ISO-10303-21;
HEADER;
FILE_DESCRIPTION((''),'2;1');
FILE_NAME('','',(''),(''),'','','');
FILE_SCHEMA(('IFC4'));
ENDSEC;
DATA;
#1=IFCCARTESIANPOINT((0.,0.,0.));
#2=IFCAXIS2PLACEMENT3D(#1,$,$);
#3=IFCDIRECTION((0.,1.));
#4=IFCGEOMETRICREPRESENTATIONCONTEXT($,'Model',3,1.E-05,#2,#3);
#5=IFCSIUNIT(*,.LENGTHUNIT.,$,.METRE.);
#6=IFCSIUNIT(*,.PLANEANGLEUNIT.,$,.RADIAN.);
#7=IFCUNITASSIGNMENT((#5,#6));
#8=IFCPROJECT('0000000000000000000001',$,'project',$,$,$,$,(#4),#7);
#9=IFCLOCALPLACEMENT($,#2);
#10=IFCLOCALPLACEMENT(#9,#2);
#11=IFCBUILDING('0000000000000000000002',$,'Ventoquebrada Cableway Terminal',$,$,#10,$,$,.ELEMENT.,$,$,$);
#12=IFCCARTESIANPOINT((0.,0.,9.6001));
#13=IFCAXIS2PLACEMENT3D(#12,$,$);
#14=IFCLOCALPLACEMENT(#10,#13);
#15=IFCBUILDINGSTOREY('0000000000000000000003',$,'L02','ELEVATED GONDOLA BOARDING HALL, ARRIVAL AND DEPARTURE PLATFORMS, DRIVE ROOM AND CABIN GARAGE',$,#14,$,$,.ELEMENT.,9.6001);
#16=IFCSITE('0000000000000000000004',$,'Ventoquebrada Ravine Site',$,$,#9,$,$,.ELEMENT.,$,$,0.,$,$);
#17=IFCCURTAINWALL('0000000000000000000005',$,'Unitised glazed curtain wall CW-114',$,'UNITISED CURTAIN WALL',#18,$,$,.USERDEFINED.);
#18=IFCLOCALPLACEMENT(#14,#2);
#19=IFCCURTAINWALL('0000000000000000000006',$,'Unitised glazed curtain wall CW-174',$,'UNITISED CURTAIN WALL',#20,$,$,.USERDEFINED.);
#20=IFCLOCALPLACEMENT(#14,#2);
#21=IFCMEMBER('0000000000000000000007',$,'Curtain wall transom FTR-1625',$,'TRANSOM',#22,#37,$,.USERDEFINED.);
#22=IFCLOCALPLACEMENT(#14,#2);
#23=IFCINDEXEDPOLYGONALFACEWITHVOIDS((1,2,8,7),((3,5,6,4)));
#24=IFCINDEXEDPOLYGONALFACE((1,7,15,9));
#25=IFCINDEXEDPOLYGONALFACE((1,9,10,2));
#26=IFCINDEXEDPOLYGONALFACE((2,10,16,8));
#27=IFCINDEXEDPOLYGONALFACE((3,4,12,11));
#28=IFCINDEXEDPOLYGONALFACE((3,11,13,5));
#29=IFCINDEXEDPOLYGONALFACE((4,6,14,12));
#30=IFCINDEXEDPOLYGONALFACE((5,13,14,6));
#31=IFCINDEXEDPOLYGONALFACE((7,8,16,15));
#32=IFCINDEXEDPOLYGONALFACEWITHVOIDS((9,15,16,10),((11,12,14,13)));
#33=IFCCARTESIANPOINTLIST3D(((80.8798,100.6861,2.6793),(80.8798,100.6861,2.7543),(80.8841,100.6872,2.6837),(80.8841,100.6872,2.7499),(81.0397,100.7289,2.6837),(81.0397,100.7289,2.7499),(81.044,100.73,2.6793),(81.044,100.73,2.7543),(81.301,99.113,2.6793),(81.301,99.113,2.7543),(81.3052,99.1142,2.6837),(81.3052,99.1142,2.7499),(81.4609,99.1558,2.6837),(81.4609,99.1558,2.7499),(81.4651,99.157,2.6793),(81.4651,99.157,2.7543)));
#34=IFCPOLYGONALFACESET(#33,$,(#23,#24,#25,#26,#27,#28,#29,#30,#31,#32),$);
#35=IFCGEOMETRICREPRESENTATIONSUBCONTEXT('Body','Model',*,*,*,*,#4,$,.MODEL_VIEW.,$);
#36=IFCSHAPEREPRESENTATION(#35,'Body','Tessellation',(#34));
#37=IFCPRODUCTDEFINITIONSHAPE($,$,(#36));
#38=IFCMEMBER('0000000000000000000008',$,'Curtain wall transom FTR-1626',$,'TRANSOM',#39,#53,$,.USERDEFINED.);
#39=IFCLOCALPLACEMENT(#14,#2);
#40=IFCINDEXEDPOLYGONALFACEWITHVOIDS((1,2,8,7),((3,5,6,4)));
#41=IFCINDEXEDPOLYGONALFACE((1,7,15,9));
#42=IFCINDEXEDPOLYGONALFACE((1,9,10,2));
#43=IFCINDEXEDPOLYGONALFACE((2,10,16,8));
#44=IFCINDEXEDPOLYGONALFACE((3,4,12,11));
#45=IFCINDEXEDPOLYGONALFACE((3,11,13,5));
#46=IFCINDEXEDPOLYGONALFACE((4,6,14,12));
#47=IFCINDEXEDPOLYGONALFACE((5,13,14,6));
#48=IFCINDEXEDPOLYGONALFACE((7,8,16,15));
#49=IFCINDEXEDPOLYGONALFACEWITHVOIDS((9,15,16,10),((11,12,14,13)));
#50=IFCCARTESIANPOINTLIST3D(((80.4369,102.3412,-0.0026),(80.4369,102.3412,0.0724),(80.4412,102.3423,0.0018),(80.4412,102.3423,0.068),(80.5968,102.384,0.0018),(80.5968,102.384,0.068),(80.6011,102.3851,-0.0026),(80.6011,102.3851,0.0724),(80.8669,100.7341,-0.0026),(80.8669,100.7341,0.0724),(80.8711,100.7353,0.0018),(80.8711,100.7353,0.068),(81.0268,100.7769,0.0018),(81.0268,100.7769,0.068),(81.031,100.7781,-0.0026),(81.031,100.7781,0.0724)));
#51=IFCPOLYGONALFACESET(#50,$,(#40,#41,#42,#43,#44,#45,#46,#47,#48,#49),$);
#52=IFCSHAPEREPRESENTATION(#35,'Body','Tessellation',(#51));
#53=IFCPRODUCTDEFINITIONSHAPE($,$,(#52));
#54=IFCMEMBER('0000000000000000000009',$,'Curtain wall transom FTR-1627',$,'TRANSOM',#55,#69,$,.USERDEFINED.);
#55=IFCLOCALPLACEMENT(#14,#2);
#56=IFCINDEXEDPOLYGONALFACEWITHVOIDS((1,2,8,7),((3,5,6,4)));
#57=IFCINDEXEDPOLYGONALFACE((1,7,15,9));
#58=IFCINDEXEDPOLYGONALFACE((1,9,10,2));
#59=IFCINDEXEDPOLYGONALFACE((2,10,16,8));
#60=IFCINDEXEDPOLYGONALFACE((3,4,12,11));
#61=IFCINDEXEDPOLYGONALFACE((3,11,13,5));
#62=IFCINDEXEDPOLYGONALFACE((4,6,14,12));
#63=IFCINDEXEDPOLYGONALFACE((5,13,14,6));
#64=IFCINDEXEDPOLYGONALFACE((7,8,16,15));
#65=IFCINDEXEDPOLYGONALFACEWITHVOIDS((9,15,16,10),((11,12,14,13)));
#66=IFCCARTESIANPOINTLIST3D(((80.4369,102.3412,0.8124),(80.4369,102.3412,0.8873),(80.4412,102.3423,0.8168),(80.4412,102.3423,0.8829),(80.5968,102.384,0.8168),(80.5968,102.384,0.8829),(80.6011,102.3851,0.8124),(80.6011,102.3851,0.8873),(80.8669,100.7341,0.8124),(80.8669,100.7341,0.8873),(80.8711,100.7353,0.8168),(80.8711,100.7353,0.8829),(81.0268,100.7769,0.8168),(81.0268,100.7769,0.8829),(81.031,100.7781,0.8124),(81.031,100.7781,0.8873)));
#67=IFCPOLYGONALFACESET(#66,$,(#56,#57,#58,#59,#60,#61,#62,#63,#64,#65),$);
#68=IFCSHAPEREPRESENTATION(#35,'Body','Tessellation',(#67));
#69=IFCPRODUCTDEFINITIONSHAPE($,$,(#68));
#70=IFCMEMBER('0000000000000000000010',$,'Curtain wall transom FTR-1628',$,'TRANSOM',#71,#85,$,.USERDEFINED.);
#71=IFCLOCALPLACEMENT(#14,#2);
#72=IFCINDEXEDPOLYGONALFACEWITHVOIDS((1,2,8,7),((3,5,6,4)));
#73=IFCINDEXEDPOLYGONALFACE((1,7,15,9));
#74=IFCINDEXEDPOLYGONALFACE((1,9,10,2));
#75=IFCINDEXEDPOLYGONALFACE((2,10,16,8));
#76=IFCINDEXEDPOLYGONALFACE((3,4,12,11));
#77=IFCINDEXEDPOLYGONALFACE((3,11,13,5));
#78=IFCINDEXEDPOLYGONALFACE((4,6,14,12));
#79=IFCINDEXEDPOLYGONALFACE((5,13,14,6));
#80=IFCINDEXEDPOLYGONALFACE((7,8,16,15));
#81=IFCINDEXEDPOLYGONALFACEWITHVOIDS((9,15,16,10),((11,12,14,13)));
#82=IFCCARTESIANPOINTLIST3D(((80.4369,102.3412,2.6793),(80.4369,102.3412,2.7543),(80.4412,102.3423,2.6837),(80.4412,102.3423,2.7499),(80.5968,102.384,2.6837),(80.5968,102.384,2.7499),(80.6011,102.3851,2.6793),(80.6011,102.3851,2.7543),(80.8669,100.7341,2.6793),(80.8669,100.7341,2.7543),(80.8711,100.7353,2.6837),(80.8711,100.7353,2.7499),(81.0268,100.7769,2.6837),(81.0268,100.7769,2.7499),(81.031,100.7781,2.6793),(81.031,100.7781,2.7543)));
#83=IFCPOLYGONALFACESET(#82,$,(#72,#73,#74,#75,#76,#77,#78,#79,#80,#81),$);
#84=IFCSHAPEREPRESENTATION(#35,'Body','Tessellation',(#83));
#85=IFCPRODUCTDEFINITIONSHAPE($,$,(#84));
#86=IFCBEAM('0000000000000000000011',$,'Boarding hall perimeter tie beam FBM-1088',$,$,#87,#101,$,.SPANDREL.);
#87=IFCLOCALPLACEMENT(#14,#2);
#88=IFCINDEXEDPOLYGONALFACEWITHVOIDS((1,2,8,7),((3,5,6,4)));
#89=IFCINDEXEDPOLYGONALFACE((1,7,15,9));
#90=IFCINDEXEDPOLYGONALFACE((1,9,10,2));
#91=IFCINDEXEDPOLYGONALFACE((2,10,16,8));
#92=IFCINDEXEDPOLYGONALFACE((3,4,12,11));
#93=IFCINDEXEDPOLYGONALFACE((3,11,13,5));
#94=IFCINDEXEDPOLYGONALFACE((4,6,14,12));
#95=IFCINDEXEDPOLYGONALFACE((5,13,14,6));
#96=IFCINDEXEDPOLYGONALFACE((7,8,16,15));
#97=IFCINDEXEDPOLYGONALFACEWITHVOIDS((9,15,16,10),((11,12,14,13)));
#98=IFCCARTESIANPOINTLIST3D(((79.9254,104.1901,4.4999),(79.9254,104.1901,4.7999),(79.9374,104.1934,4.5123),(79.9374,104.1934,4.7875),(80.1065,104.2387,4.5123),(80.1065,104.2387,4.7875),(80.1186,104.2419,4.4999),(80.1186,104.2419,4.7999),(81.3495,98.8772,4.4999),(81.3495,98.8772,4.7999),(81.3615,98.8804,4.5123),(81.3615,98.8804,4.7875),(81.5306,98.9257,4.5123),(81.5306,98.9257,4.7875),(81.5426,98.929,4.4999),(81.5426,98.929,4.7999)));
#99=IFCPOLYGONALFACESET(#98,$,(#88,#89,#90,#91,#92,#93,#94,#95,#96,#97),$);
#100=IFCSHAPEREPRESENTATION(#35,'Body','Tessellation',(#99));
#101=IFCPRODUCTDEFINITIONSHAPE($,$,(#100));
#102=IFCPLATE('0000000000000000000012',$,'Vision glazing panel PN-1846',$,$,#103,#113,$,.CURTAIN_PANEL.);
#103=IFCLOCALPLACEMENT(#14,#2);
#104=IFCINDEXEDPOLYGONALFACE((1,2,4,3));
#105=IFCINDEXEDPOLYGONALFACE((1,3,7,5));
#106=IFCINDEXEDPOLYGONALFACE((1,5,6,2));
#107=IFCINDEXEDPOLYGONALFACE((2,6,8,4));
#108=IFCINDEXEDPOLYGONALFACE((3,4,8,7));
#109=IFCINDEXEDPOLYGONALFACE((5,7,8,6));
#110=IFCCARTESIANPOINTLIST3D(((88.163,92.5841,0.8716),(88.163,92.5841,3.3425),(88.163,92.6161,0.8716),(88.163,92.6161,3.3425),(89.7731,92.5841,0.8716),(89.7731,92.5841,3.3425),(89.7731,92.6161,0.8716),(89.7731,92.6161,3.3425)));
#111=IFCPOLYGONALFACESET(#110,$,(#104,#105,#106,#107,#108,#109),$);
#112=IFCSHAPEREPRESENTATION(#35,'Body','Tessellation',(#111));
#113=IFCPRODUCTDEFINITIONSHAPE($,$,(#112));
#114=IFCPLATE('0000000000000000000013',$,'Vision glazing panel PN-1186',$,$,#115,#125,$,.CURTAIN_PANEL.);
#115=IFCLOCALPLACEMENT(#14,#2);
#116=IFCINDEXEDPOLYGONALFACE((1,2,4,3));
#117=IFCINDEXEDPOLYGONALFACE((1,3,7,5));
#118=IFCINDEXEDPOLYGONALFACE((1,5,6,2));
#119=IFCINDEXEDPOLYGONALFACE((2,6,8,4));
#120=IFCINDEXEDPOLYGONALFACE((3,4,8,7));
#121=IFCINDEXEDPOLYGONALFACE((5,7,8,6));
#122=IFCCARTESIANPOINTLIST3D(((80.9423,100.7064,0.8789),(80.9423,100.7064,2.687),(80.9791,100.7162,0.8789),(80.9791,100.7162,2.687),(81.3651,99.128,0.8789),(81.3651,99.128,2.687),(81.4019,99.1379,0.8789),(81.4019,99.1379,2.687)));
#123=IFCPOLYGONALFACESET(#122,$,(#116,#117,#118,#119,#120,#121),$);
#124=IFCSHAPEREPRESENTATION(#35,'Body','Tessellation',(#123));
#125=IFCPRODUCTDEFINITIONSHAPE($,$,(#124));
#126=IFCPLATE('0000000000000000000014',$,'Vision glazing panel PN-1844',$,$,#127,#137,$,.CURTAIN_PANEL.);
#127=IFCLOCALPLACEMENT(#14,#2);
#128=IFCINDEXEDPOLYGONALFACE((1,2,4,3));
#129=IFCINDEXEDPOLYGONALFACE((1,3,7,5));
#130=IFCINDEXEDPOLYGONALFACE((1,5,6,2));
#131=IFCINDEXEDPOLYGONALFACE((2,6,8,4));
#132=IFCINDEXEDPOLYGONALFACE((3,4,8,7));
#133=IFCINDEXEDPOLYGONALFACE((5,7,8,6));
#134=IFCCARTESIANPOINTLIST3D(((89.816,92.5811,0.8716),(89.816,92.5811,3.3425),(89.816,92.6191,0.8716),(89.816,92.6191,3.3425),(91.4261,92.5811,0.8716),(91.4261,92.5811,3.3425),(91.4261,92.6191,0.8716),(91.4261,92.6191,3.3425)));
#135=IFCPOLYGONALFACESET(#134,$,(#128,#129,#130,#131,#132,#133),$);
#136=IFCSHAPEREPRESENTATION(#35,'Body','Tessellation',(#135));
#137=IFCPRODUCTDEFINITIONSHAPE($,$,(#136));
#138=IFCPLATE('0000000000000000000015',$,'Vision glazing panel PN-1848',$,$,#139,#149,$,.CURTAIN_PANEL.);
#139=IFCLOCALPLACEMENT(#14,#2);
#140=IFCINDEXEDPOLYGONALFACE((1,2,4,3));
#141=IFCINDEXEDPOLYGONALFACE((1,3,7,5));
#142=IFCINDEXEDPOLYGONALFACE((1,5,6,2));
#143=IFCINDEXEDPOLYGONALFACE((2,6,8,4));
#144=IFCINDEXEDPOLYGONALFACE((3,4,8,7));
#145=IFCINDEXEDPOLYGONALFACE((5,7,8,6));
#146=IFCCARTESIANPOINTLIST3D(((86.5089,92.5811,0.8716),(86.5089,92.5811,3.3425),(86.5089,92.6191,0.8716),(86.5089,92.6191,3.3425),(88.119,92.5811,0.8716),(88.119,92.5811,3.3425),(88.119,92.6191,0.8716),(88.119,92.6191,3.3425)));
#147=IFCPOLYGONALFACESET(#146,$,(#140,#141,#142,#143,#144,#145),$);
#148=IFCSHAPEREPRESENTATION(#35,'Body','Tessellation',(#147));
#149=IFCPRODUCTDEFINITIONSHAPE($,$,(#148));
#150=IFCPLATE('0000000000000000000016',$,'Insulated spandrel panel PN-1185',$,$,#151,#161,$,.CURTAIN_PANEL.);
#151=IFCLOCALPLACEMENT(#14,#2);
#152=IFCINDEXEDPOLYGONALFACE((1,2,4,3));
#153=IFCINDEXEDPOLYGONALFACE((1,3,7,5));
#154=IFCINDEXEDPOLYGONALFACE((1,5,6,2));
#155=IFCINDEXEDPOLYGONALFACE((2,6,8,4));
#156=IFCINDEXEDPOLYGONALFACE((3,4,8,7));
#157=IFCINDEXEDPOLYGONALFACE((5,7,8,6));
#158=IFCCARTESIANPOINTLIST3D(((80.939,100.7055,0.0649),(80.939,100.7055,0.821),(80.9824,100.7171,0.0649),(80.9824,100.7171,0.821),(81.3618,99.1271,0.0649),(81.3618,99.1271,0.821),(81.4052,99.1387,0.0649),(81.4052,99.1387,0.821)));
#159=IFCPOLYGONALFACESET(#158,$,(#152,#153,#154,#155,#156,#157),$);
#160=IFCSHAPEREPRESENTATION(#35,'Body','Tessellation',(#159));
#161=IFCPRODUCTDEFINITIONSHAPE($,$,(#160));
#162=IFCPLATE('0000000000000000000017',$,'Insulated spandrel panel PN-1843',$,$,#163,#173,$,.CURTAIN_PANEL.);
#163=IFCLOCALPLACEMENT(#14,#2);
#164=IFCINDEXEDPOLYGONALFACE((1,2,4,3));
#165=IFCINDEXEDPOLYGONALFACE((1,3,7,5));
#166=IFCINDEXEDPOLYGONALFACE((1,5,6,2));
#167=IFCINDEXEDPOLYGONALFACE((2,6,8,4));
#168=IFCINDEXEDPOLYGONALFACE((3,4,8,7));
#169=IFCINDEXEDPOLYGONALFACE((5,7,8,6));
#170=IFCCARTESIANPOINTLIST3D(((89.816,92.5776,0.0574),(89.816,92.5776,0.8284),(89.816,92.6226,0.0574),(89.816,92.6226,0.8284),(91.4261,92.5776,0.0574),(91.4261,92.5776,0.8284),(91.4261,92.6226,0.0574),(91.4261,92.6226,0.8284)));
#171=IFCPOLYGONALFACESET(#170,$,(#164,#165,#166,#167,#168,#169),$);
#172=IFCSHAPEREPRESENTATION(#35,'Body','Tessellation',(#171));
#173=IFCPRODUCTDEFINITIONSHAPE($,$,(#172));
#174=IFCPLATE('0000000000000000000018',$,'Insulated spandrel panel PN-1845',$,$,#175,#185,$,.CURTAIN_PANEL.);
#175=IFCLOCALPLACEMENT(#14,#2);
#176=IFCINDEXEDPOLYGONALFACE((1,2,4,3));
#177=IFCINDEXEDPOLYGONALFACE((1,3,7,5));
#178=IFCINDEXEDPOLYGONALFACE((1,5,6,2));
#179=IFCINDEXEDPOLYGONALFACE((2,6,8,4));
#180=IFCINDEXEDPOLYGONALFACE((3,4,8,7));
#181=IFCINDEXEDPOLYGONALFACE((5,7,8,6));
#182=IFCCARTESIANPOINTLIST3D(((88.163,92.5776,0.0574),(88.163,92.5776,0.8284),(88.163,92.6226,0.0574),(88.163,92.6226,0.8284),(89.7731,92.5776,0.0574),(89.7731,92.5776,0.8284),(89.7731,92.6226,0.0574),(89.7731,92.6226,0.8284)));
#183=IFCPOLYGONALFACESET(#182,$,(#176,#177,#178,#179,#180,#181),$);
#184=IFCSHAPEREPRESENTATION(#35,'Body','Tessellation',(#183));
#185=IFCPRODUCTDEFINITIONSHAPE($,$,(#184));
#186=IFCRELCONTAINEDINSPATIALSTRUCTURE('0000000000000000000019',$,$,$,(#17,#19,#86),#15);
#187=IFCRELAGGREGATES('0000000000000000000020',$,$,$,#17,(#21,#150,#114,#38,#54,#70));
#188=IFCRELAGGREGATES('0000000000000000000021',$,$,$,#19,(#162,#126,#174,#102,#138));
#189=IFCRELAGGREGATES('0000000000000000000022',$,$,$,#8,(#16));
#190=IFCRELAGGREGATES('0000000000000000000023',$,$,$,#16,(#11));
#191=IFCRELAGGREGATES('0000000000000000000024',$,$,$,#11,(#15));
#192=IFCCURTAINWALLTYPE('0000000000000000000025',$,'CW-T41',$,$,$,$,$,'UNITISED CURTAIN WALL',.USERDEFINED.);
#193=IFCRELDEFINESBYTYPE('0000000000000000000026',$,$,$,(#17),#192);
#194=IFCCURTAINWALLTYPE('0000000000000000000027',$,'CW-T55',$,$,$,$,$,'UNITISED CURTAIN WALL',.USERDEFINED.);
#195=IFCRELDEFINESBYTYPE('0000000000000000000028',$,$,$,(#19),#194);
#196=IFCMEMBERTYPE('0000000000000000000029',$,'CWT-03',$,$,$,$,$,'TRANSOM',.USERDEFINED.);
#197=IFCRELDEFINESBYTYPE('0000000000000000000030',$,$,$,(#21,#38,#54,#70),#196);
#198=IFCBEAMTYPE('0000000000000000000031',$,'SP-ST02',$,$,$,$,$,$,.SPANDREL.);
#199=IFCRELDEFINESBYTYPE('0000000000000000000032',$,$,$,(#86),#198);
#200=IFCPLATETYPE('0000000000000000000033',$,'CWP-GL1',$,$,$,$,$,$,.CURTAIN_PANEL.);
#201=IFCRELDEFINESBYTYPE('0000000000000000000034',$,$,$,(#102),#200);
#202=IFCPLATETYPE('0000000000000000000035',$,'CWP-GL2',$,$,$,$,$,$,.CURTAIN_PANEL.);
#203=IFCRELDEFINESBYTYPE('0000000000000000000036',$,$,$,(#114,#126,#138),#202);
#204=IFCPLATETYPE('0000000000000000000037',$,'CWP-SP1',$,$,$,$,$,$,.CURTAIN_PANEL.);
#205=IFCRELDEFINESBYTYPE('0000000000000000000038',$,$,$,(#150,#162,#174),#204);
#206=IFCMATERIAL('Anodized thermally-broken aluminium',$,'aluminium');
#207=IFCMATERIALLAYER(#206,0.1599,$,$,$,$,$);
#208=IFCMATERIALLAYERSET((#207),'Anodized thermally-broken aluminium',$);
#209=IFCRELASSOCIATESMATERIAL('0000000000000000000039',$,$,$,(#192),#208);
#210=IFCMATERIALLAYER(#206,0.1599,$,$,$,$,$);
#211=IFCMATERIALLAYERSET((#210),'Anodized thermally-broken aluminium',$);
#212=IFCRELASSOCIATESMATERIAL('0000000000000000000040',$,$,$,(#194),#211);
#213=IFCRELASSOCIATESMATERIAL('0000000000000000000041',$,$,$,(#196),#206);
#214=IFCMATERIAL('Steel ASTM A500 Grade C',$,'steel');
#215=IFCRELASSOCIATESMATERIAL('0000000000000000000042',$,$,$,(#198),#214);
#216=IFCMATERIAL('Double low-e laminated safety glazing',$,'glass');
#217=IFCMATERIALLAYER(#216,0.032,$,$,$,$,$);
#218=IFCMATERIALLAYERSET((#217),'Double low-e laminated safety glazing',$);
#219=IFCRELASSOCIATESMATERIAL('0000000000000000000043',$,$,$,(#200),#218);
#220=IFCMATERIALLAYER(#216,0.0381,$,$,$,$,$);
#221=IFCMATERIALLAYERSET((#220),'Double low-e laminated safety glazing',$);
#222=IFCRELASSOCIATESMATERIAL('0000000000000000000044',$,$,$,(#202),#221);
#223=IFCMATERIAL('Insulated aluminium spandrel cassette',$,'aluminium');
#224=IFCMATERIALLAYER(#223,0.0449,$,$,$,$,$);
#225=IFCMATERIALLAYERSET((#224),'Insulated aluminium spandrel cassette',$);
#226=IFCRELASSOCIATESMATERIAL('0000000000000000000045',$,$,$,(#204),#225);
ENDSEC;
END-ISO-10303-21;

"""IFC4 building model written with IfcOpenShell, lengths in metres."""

from ifc_helpers import new_model, si_unit, direction, frame, origin, origin_2d, place, context, subcontext, project, spatial, rectangle, hollow_rectangle, extrude, material, layer, layer_set, material_profile, profile_set, type_object, element, aggregate, save


model = new_model("IFC4")

# Units and contexts
model_context = context("Model", 3, precision=1e-05, world=origin(), true_north=direction((0.0, 1.0)))
body_context = subcontext(model_context, "Body", "Model", "MODEL_VIEW")
ifc_project = project(units=[si_unit("LENGTHUNIT", "METRE"), si_unit("PLANEANGLEUNIT", "RADIAN")], contexts=[model_context])

# Site, building, storey
site_placement = place(None, origin())
site = spatial("IfcSite", under=ifc_project, at=site_placement, Name="Ventoquebrada Ravine Site", CompositionType="ELEMENT", RefElevation=0.0)
building_placement = place(site_placement, origin())
building = spatial("IfcBuilding", under=site, at=building_placement, Name="Ventoquebrada Cableway Terminal", CompositionType="ELEMENT")
storey_placement = place(building_placement, frame((0.0, 0.0, 9.6001)))
storey = spatial("IfcBuildingStorey", under=building, at=storey_placement, Name="L02", Description="ELEVATED GONDOLA BOARDING HALL, ARRIVAL AND DEPARTURE PLATFORMS, DRIVE ROOM AND CABIN GARAGE", CompositionType="ELEMENT", Elevation=9.6001)

# Shared definitions
ifc_material_1 = material(Name="Steel ASTM A500 Grade C", Category="steel")

# Curtain walls
ifc_material_2 = material(Name="Anodized thermally-broken aluminium", Category="aluminium")
ifc_layer_1 = layer(ifc_material_2, 0.1599)
ifc_layer_set_1 = layer_set([ifc_layer_1], Name="Anodized thermally-broken aluminium")
curtain_wall_type_1 = type_object("IfcCurtainWallType", Name="CW-T41", ElementType="UNITISED CURTAIN WALL", PredefinedType="USERDEFINED", material=ifc_layer_set_1)
curtain_wall_1_placement = place(storey_placement, origin())
curtain_wall_1 = element("IfcCurtainWall", 1, at=curtain_wall_1_placement, inside=storey, type_object=curtain_wall_type_1, Name="Unitised glazed curtain wall CW-114", ObjectType="UNITISED CURTAIN WALL", PredefinedType="USERDEFINED")
ifc_layer_2 = layer(ifc_material_2, 0.1599)
ifc_layer_set_2 = layer_set([ifc_layer_2], Name="Anodized thermally-broken aluminium")
curtain_wall_type_2 = type_object("IfcCurtainWallType", Name="CW-T55", ElementType="UNITISED CURTAIN WALL", PredefinedType="USERDEFINED", material=ifc_layer_set_2)
curtain_wall_2_placement = place(storey_placement, origin())
curtain_wall_2 = element("IfcCurtainWall", 2, at=curtain_wall_2_placement, inside=storey, type_object=curtain_wall_type_2, Name="Unitised glazed curtain wall CW-174", ObjectType="UNITISED CURTAIN WALL", PredefinedType="USERDEFINED")

# Members
ifc_material_profile_1 = material_profile(ifc_material_2, hollow_rectangle(XDim=0.075, YDim=0.1699, WallThickness=0.0044, at=origin_2d()), Name="CW-TRN-75X170")
ifc_profile_set_1 = profile_set([ifc_material_profile_1], Name="Anodized thermally-broken aluminium")
member_type_1 = type_object("IfcMemberType", Name="CWT-03", ElementType="TRANSOM", PredefinedType="USERDEFINED", material=ifc_profile_set_1)
member_1_placement = place(storey_placement, frame((81.3831, 99.135, 2.7168), z_axis=(-0.258624, 0.965978, 0.0), x_axis=(0.0, 0.0, 1.0)))
member_1 = element("IfcMember", 3, at=member_1_placement, type_object=member_type_1, Name="Curtain wall transom FTR-1625", ObjectType="TRANSOM", PredefinedType="USERDEFINED", context=body_context, shape_type="SweptSolid", body=[
    extrude(hollow_rectangle(XDim=0.075, YDim=0.1699, WallThickness=0.0044, at=origin_2d()), origin(), (0.0, 0.0, 1.0), 1.6284),
])
member_2_placement = place(storey_placement, frame((80.949, 100.7561, 0.0349), z_axis=(-0.258457, 0.966023, 0.0), x_axis=(0.0, 0.0, 1.0)))
member_2 = element("IfcMember", 4, at=member_2_placement, type_object=member_type_1, Name="Curtain wall transom FTR-1626", ObjectType="TRANSOM", PredefinedType="USERDEFINED", context=body_context, shape_type="SweptSolid", body=[
    extrude(hollow_rectangle(XDim=0.075, YDim=0.1699, WallThickness=0.0044, at=origin_2d()), origin(), (0.0, 0.0, 1.0), 1.6636),
])
member_3_placement = place(storey_placement, frame((80.949, 100.7561, 0.8499), z_axis=(-0.258457, 0.966023, 0.0), x_axis=(0.0, 0.0, 1.0)))
member_3 = element("IfcMember", 5, at=member_3_placement, type_object=member_type_1, Name="Curtain wall transom FTR-1627", ObjectType="TRANSOM", PredefinedType="USERDEFINED", context=body_context, shape_type="SweptSolid", body=[
    extrude(hollow_rectangle(XDim=0.075, YDim=0.1699, WallThickness=0.0044, at=origin_2d()), origin(), (0.0, 0.0, 1.0), 1.6636),
])
member_4_placement = place(storey_placement, frame((80.949, 100.7561, 2.7168), z_axis=(-0.258457, 0.966023, 0.0), x_axis=(0.0, 0.0, 1.0)))
member_4 = element("IfcMember", 6, at=member_4_placement, type_object=member_type_1, Name="Curtain wall transom FTR-1628", ObjectType="TRANSOM", PredefinedType="USERDEFINED", context=body_context, shape_type="SweptSolid", body=[
    extrude(hollow_rectangle(XDim=0.075, YDim=0.1699, WallThickness=0.0044, at=origin_2d()), origin(), (0.0, 0.0, 1.0), 1.6636),
])

# Beam
ifc_material_profile_2 = material_profile(ifc_material_1, hollow_rectangle(XDim=0.2, YDim=0.3, WallThickness=0.0125, at=origin_2d()), Name="RHS300X200X12.5")
ifc_profile_set_2 = profile_set([ifc_material_profile_2], Name="Steel ASTM A500 Grade C")
beam_type = type_object("IfcBeamType", Name="SP-ST02", PredefinedType="SPANDREL", material=ifc_profile_set_2)
beam_placement = place(storey_placement, frame((81.446, 98.9031, 4.6499), z_axis=(-0.258897, 0.965905, 0.0), x_axis=(-0.965905, -0.258897, 0.0)))
element("IfcBeam", 7, at=beam_placement, inside=storey, type_object=beam_type, Name="Boarding hall perimeter tie beam FBM-1088", PredefinedType="SPANDREL", context=body_context, shape_type="SweptSolid", body=[
    extrude(hollow_rectangle(XDim=0.2, YDim=0.3, WallThickness=0.0125, at=origin_2d()), origin(), (0.0, 0.0, 1.0), 5.5005),
])

# Plates
ifc_material_3 = material(Name="Double low-e laminated safety glazing", Category="glass")
ifc_layer_3 = layer(ifc_material_3, 0.032)
ifc_layer_set_3 = layer_set([ifc_layer_3], Name="Double low-e laminated safety glazing")
plate_type_1 = type_object("IfcPlateType", Name="CWP-GL1", PredefinedType="CURTAIN_PANEL", material=ifc_layer_set_3)
plate_1_placement = place(storey_placement, frame((88.968, 92.6001, 0.8716), z_axis=(0.0, 0.0, 1.0), x_axis=(-1.0, 0.0, 0.0)))
plate_1 = element("IfcPlate", 8, at=plate_1_placement, type_object=plate_type_1, Name="Vision glazing panel PN-1846", PredefinedType="CURTAIN_PANEL", context=body_context, shape_type="SweptSolid", body=[
    extrude(rectangle(XDim=1.6101, YDim=0.032, at=origin_2d()), origin(), (0.0, 0.0, 1.0), 2.4709),
])
ifc_layer_4 = layer(ifc_material_3, 0.0381)
ifc_layer_set_4 = layer_set([ifc_layer_4], Name="Double low-e laminated safety glazing")
plate_type_2 = type_object("IfcPlateType", Name="CWP-GL2", PredefinedType="CURTAIN_PANEL", material=ifc_layer_set_4)
plate_2_placement = place(storey_placement, frame((81.1721, 99.9221, 0.8789), z_axis=(0.0, 0.0, 1.0), x_axis=(-0.258752, 0.965944, 0.0)))
plate_2 = element("IfcPlate", 9, at=plate_2_placement, type_object=plate_type_2, Name="Vision glazing panel PN-1186", PredefinedType="CURTAIN_PANEL", context=body_context, shape_type="SweptSolid", body=[
    extrude(rectangle(XDim=1.634, YDim=0.0381, at=origin_2d()), origin(), (0.0, 0.0, 1.0), 1.8081),
])
plate_3_placement = place(storey_placement, frame((90.6211, 92.6001, 0.8716), z_axis=(0.0, 0.0, 1.0), x_axis=(-1.0, 0.0, 0.0)))
plate_3 = element("IfcPlate", 10, at=plate_3_placement, type_object=plate_type_2, Name="Vision glazing panel PN-1844", PredefinedType="CURTAIN_PANEL", context=body_context, shape_type="SweptSolid", body=[
    extrude(rectangle(XDim=1.6101, YDim=0.0381, at=origin_2d()), origin(), (0.0, 0.0, 1.0), 2.4709),
])
plate_4_placement = place(storey_placement, frame((87.314, 92.6001, 0.8716), z_axis=(0.0, 0.0, 1.0), x_axis=(-1.0, 0.0, 0.0)))
plate_4 = element("IfcPlate", 11, at=plate_4_placement, type_object=plate_type_2, Name="Vision glazing panel PN-1848", PredefinedType="CURTAIN_PANEL", context=body_context, shape_type="SweptSolid", body=[
    extrude(rectangle(XDim=1.6101, YDim=0.0381, at=origin_2d()), origin(), (0.0, 0.0, 1.0), 2.4709),
])
ifc_material_4 = material(Name="Insulated aluminium spandrel cassette", Category="aluminium")
ifc_layer_5 = layer(ifc_material_4, 0.0449)
ifc_layer_set_5 = layer_set([ifc_layer_5], Name="Insulated aluminium spandrel cassette")
plate_type_3 = type_object("IfcPlateType", Name="CWP-SP1", PredefinedType="CURTAIN_PANEL", material=ifc_layer_set_5)
plate_5_placement = place(storey_placement, frame((81.1721, 99.9221, 0.0649), z_axis=(0.0, 0.0, 1.0), x_axis=(-0.258752, 0.965944, 0.0)))
plate_5 = element("IfcPlate", 12, at=plate_5_placement, type_object=plate_type_3, Name="Insulated spandrel panel PN-1185", PredefinedType="CURTAIN_PANEL", context=body_context, shape_type="SweptSolid", body=[
    extrude(rectangle(XDim=1.634, YDim=0.0449, at=origin_2d()), origin(), (0.0, 0.0, 1.0), 0.7561),
])
aggregate(curtain_wall_1, [member_1, plate_5, plate_2, member_2, member_3, member_4])
plate_6_placement = place(storey_placement, frame((90.6211, 92.6001, 0.0574), z_axis=(0.0, 0.0, 1.0), x_axis=(-1.0, 0.0, 0.0)))
plate_6 = element("IfcPlate", 13, at=plate_6_placement, type_object=plate_type_3, Name="Insulated spandrel panel PN-1843", PredefinedType="CURTAIN_PANEL", context=body_context, shape_type="SweptSolid", body=[
    extrude(rectangle(XDim=1.6101, YDim=0.0449, at=origin_2d()), origin(), (0.0, 0.0, 1.0), 0.771),
])
plate_7_placement = place(storey_placement, frame((88.968, 92.6001, 0.0574), z_axis=(0.0, 0.0, 1.0), x_axis=(-1.0, 0.0, 0.0)))
plate_7 = element("IfcPlate", 14, at=plate_7_placement, type_object=plate_type_3, Name="Insulated spandrel panel PN-1845", PredefinedType="CURTAIN_PANEL", context=body_context, shape_type="SweptSolid", body=[
    extrude(rectangle(XDim=1.6101, YDim=0.0449, at=origin_2d()), origin(), (0.0, 0.0, 1.0), 0.771),
])
aggregate(curtain_wall_2, [plate_6, plate_3, plate_7, plate_1, plate_4])

save(model, "model.ifc")
